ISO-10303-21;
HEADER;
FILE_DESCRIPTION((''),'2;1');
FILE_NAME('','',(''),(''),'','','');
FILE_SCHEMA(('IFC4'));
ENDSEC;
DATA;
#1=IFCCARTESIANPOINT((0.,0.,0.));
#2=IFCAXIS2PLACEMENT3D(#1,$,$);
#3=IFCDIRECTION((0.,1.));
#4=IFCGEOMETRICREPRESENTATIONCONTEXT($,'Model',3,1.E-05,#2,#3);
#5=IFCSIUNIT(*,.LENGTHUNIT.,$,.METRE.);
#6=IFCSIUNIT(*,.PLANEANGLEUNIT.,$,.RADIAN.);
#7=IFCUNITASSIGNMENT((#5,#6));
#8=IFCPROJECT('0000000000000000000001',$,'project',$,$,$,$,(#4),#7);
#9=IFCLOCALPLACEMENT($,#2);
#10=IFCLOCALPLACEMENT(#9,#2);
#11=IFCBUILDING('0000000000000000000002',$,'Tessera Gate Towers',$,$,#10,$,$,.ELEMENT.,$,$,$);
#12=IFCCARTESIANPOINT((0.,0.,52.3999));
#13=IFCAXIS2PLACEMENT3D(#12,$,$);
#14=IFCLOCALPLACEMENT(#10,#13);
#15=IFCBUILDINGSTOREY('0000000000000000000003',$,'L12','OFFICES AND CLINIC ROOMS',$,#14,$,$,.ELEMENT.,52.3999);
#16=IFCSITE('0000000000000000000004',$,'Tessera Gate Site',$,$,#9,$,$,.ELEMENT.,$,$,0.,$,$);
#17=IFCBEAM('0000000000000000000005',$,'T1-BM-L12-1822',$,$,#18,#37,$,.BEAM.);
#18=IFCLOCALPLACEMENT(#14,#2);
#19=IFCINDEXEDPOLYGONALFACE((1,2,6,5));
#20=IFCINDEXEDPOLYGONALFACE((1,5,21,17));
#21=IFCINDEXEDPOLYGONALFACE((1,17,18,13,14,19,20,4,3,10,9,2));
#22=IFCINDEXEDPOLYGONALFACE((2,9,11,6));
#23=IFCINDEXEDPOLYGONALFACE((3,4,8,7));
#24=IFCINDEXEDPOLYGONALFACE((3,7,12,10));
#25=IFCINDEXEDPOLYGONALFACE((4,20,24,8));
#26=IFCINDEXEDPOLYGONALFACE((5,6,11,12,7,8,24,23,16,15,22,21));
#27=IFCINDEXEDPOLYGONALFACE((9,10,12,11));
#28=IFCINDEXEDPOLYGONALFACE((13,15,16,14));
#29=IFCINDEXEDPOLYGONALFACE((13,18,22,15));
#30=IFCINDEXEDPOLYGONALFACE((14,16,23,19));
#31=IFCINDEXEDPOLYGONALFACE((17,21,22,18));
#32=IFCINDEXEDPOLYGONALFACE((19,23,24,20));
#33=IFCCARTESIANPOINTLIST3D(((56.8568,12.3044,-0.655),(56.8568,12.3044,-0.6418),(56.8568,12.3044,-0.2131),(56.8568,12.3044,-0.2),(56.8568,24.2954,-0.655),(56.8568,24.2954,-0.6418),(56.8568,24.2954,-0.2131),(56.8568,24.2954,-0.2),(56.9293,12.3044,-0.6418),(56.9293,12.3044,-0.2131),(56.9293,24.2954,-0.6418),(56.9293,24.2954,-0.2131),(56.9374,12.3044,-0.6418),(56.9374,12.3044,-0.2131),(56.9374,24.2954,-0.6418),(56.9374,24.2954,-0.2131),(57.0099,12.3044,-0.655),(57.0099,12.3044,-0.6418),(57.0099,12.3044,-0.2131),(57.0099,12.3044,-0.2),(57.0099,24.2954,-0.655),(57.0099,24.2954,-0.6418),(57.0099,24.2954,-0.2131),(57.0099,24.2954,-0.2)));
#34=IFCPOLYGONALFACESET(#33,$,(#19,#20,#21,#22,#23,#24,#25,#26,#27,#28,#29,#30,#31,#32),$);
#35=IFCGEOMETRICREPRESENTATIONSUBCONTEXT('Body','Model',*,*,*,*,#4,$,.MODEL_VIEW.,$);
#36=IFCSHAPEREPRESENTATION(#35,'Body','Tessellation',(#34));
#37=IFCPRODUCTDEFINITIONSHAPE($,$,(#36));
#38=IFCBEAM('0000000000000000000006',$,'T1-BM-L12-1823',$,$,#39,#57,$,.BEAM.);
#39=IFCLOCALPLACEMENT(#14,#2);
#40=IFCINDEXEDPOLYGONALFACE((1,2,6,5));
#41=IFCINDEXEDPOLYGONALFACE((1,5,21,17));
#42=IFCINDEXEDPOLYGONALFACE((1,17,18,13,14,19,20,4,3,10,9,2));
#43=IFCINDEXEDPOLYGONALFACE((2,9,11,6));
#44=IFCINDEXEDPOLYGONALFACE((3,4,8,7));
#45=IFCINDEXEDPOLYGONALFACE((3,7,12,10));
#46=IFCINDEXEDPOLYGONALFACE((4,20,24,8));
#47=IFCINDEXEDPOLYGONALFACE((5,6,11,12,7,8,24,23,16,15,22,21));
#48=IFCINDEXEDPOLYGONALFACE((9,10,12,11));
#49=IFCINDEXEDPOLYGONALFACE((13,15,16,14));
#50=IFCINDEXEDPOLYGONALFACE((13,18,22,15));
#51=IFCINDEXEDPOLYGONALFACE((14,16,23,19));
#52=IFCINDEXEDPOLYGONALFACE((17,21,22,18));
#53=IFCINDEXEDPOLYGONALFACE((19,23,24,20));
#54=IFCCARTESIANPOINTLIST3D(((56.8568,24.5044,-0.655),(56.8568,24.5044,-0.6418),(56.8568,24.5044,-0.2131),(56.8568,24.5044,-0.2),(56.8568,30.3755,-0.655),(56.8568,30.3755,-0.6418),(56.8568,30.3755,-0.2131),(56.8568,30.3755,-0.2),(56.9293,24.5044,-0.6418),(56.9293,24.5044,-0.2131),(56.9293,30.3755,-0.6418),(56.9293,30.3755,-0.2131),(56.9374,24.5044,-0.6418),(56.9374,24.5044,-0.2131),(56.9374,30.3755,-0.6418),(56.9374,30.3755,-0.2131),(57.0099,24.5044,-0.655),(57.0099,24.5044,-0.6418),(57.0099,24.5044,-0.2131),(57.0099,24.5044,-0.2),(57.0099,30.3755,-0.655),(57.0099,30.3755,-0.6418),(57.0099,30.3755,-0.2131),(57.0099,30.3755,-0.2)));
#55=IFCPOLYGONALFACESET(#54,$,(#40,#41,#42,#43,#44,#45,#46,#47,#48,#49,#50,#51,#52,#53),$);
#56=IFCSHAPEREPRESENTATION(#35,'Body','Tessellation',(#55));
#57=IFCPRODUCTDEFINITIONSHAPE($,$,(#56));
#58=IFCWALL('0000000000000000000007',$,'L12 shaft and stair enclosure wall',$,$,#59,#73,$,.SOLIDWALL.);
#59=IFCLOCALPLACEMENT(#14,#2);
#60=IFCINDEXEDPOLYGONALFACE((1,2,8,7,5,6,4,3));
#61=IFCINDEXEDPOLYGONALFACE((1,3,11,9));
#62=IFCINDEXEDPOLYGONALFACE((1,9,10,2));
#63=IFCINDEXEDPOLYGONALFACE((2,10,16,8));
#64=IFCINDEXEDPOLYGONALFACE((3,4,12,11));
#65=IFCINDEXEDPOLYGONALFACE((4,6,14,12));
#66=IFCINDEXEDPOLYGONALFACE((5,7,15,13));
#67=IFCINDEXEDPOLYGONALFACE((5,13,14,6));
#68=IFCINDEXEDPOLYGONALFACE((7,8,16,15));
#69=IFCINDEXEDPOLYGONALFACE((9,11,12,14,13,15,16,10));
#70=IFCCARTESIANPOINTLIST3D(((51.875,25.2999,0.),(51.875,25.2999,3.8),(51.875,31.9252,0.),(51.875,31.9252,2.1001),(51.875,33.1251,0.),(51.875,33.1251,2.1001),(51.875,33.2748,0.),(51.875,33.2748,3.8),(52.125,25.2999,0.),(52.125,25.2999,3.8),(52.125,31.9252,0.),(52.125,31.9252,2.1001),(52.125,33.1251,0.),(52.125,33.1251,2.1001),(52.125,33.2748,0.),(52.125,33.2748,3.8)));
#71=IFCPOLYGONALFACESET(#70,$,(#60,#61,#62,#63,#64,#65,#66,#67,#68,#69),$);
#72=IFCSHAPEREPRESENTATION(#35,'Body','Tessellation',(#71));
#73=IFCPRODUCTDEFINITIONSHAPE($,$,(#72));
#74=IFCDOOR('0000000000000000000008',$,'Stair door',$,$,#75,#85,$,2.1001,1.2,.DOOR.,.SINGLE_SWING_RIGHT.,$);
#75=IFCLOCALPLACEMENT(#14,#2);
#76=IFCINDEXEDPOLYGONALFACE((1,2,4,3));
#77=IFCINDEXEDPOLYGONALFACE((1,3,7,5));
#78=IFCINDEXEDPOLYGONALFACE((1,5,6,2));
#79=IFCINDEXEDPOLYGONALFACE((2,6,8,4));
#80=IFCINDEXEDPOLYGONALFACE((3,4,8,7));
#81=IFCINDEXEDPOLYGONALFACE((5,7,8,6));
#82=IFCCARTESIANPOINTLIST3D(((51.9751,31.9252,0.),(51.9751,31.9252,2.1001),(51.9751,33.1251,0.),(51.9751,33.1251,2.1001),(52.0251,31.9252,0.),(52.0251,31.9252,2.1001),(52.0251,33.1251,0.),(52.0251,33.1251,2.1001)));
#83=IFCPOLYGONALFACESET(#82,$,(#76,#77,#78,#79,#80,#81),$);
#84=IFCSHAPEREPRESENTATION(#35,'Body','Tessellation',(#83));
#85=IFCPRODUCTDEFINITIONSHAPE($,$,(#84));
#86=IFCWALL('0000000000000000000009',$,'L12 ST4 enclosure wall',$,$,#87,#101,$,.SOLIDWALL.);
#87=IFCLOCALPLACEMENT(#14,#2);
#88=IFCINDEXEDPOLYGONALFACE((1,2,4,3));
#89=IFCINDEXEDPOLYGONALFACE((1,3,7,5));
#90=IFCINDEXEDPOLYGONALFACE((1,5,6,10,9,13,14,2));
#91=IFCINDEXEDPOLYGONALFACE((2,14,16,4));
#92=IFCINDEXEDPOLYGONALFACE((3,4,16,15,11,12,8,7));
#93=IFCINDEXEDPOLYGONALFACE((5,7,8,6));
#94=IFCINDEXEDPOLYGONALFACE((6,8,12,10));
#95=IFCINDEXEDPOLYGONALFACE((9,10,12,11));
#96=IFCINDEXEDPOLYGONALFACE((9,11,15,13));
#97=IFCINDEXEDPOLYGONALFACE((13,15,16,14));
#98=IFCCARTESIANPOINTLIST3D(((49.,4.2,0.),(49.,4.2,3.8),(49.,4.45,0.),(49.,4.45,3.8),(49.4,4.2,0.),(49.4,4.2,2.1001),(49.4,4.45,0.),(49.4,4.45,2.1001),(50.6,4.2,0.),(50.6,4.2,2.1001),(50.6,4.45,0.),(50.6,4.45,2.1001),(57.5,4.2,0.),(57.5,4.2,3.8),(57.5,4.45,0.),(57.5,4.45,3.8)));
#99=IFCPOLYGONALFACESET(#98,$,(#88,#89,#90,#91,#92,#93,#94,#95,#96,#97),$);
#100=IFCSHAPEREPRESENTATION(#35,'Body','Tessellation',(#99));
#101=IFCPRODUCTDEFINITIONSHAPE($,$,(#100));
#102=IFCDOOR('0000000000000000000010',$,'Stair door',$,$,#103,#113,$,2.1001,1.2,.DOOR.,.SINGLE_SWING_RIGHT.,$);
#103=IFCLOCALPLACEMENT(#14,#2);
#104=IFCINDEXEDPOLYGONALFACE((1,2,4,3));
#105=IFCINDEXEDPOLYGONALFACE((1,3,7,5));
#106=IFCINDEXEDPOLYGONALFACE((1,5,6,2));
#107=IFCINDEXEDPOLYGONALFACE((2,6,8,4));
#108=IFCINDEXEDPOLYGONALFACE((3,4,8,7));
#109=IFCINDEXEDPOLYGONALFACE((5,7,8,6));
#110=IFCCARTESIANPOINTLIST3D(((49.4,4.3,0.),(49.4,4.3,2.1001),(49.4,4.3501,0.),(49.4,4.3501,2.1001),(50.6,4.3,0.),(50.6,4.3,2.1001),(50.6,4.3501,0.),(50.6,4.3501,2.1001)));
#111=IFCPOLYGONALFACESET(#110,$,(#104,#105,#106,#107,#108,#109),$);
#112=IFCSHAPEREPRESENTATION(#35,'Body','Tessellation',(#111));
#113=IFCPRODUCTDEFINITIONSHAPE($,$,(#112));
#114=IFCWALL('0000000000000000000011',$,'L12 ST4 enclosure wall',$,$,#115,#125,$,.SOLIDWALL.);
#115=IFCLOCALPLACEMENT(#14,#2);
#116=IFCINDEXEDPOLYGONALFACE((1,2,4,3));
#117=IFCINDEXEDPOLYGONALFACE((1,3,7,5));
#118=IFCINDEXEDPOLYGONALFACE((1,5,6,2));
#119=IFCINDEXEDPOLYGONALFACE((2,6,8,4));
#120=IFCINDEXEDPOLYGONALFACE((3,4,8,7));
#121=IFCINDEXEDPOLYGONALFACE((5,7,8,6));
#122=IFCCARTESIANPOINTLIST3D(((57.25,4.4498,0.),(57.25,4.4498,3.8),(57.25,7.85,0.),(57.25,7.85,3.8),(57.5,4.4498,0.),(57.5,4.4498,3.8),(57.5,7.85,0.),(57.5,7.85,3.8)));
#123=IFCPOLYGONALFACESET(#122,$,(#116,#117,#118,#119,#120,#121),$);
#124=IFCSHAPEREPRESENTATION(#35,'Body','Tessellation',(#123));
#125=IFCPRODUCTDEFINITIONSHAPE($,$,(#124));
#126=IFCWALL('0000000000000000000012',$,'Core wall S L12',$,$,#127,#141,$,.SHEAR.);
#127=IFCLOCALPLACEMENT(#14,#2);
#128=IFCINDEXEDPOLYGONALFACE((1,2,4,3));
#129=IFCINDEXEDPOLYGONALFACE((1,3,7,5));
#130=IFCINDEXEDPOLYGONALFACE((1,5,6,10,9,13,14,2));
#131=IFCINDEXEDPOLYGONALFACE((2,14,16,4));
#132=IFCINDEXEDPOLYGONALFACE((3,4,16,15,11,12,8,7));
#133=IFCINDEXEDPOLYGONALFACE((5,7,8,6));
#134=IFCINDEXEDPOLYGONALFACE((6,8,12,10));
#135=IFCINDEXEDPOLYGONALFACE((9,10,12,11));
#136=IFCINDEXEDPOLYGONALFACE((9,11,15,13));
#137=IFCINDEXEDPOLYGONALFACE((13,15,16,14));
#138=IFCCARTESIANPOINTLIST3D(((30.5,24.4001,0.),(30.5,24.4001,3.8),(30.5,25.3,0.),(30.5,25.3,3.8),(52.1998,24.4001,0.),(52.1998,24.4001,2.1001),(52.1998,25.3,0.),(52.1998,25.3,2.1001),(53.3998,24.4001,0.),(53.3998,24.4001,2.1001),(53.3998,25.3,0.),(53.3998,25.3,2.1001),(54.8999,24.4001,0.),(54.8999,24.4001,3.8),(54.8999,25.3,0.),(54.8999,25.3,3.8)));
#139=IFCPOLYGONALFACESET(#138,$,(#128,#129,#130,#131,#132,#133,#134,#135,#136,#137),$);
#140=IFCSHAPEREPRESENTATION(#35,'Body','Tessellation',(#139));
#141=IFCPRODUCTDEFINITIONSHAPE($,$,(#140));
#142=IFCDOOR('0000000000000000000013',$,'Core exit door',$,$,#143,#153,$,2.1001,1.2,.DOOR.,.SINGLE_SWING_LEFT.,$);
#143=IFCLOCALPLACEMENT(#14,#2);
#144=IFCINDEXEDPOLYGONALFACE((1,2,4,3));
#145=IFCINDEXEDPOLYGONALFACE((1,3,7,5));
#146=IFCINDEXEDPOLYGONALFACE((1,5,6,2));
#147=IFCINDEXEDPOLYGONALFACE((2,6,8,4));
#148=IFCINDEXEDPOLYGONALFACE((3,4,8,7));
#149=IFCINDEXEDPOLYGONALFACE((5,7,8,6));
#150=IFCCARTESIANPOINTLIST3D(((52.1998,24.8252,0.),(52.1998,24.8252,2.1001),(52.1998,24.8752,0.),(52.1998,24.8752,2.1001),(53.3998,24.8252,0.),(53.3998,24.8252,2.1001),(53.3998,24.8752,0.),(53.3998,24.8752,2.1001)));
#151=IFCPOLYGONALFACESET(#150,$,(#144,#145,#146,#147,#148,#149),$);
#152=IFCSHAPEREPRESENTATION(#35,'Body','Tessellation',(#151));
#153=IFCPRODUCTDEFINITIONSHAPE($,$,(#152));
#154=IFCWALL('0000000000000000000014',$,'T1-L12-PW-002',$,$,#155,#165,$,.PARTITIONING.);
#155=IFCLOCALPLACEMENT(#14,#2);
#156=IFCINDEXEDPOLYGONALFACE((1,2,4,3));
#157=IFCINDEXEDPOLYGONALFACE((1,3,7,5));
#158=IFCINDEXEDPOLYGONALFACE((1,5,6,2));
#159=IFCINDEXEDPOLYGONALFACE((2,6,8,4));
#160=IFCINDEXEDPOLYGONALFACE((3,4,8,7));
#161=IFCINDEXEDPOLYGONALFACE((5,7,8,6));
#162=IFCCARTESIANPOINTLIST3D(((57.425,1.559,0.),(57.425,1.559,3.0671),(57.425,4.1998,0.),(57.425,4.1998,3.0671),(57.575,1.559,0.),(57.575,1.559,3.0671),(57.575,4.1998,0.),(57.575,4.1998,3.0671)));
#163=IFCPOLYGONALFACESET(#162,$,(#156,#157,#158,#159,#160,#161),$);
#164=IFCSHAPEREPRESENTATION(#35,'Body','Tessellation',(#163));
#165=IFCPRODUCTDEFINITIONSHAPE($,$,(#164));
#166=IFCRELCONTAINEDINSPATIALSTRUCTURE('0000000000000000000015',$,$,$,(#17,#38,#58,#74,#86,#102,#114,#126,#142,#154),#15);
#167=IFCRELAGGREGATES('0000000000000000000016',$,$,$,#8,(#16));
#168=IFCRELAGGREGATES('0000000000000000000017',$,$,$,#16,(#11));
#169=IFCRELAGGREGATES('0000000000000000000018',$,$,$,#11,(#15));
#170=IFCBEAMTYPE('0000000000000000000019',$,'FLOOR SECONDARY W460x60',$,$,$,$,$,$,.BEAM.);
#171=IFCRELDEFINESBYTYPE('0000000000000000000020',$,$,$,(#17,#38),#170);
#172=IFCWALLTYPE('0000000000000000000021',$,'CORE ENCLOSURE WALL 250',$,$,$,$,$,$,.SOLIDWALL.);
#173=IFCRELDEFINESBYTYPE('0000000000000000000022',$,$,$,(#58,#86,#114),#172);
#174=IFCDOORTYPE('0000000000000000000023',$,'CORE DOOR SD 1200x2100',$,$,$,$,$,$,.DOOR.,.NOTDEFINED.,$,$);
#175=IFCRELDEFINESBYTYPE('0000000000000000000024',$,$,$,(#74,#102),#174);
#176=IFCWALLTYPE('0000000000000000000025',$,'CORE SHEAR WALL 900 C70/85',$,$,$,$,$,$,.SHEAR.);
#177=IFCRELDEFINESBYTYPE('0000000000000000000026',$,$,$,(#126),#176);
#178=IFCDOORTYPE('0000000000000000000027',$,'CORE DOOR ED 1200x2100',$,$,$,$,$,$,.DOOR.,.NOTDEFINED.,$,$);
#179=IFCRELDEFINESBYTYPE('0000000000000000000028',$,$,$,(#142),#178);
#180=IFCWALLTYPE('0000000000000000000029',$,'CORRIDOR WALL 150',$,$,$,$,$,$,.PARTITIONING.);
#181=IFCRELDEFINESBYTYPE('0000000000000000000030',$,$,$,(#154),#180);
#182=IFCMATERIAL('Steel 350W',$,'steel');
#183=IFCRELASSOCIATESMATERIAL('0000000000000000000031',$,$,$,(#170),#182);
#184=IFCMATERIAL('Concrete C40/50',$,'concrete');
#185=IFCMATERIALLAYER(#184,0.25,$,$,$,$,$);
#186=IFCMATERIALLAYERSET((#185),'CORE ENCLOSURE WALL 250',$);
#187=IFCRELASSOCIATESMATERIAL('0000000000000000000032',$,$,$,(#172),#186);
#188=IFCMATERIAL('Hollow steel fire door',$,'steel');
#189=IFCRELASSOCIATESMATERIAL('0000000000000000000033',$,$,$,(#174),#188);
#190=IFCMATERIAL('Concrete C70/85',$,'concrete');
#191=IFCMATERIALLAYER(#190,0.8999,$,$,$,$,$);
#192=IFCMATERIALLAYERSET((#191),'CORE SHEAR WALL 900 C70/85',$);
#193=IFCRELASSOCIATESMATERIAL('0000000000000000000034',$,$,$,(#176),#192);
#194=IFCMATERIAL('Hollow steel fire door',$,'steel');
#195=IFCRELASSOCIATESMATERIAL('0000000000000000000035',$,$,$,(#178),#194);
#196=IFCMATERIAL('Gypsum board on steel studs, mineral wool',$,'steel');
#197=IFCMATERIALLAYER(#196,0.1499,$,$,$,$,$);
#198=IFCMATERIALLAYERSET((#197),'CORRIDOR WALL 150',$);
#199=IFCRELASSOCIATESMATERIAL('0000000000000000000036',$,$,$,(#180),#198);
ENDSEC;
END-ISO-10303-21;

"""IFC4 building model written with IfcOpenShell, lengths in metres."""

from ifc_helpers import new_model, si_unit, direction, frame, frame_2d, origin, origin_2d, place, context, subcontext, project, spatial, rectangle, i_section, extrude, source, transform, mapped, material, layer, layer_set, material_profile, profile_set, type_object, element, fill, save


model = new_model("IFC4")

# Units and contexts
model_context = context("Model", 3, precision=1e-05, world=origin(), true_north=direction((0.0, 1.0)))
body_context = subcontext(model_context, "Body", "Model", "MODEL_VIEW")
ifc_project = project(units=[si_unit("LENGTHUNIT", "METRE"), si_unit("PLANEANGLEUNIT", "RADIAN")], contexts=[model_context])

# Site, building, storey
site_placement = place(None, origin())
site = spatial("IfcSite", under=ifc_project, at=site_placement, Name="Tessera Gate Site", CompositionType="ELEMENT", RefElevation=0.0)
building_placement = place(site_placement, origin())
building = spatial("IfcBuilding", under=site, at=building_placement, Name="Tessera Gate Towers", CompositionType="ELEMENT")
storey_placement = place(building_placement, frame((0.0, 0.0, 52.3999)))
storey = spatial("IfcBuildingStorey", under=building, at=storey_placement, Name="L12", Description="OFFICES AND CLINIC ROOMS", CompositionType="ELEMENT", Elevation=52.3999)

# Beams
ifc_material_1 = material(Name="Steel 350W", Category="steel")
ifc_material_profile_1 = material_profile(ifc_material_1, i_section(OverallWidth=0.1531, OverallDepth=0.4551, WebThickness=0.0081, FlangeThickness=0.0132, at=origin_2d()), Name="W460x60")
ifc_profile_set_1 = profile_set([ifc_material_profile_1], Name="Steel 350W")
beam_type_1 = type_object("IfcBeamType", Name="FLOOR SECONDARY W460x60", PredefinedType="BEAM", material=ifc_profile_set_1)
beam_1_placement = place(storey_placement, frame((56.9333, 12.3044, -0.4275), z_axis=(0.0, 1.0, 0.0), x_axis=(-1.0, 0.0, 0.0)))
element("IfcBeam", 1, at=beam_1_placement, inside=storey, type_object=beam_type_1, Name="T1-BM-L12-1822", PredefinedType="BEAM", context=body_context, shape_type="SweptSolid", body=[
    extrude(i_section(OverallWidth=0.1531, OverallDepth=0.4551, WebThickness=0.0081, FlangeThickness=0.0132, at=origin_2d()), origin(), (0.0, 0.0, 1.0), 11.991),
])
beam_2_placement = place(storey_placement, frame((56.9333, 24.5044, -0.4275), z_axis=(0.0, 1.0, 0.0), x_axis=(-1.0, 0.0, 0.0)))
element("IfcBeam", 2, at=beam_2_placement, inside=storey, type_object=beam_type_1, Name="T1-BM-L12-1823", PredefinedType="BEAM", context=body_context, shape_type="SweptSolid", body=[
    extrude(i_section(OverallWidth=0.1531, OverallDepth=0.4551, WebThickness=0.0081, FlangeThickness=0.0132, at=origin_2d()), origin(), (0.0, 0.0, 1.0), 5.8711),
])

# Walls, openings, doors
ifc_material_2 = material(Name="Concrete C40/50", Category="concrete")
ifc_layer_1 = layer(ifc_material_2, 0.25)
ifc_layer_set_1 = layer_set([ifc_layer_1], Name="CORE ENCLOSURE WALL 250")
wall_type_1 = type_object("IfcWallType", Name="CORE ENCLOSURE WALL 250", PredefinedType="SOLIDWALL", material=ifc_layer_set_1)
wall_1_placement = place(storey_placement, frame((52.0, 25.3, 0.0), z_axis=(0.0, 0.0, 1.0), x_axis=(0.0, 1.0, 0.0)))
wall_1 = element("IfcWall", 3, at=wall_1_placement, inside=storey, type_object=wall_type_1, Name="L12 shaft and stair enclosure wall", PredefinedType="SOLIDWALL", context=body_context, shape_type="SweptSolid", body=[
    extrude(rectangle(XDim=7.9749, YDim=0.25, at=frame_2d((3.9873, 0.0))), origin(), (0.0, 0.0, 1.0), 3.8),
])
shared_shape_1 = source(origin(), body_context, "Body", "SweptSolid", [
    extrude(rectangle(XDim=1.2, YDim=2.1001, at=frame_2d((0.6001, 1.05))), frame((0.0, 0.135, 0.0), z_axis=(0.0, -1.0, 0.0), x_axis=(1.0, 0.0, 0.0)), (0.0, 0.0, 1.0), 0.27),
])
opening_1_placement = place(wall_1_placement, frame((6.625, 0.0, 0.0)))
opening_1 = element("IfcOpeningElement", 4, at=opening_1_placement, cuts=wall_1, PredefinedType="OPENING", context=body_context, shape_type="MappedRepresentation", body=[
    mapped(shared_shape_1, transform((0.0, 0.0, 0.0), scale=1.0)),
])
ifc_material_3 = material(Name="Hollow steel fire door", Category="steel")
door_type_1 = type_object("IfcDoorType", Name="CORE DOOR SD 1200x2100", OperationType="NOTDEFINED", PredefinedType="DOOR", material=ifc_material_3)
shared_shape_2 = source(origin(), body_context, "Body", "SweptSolid", [
    extrude(rectangle(XDim=1.2, YDim=2.1001, at=frame_2d((0.6001, 1.05))), frame((0.0, 0.0249, 0.0), z_axis=(0.0, -1.0, 0.0), x_axis=(1.0, 0.0, 0.0)), (0.0, 0.0, 1.0), 0.05),
])
door_1_placement = place(opening_1_placement, origin())
door_1 = element("IfcDoor", 5, at=door_1_placement, inside=storey, type_object=door_type_1, Name="Stair door", OperationType="SINGLE_SWING_RIGHT", OverallHeight=2.1001, OverallWidth=1.2, PredefinedType="DOOR", context=body_context, shape_type="MappedRepresentation", body=[
    mapped(shared_shape_2, transform((0.0, 0.0, 0.0), scale=1.0)),
])
fill(opening_1, door_1)
wall_2_placement = place(storey_placement, frame((57.5, 4.325, 0.0), z_axis=(0.0, 0.0, 1.0), x_axis=(-1.0, 0.0, 0.0)))
wall_2 = element("IfcWall", 6, at=wall_2_placement, inside=storey, type_object=wall_type_1, Name="L12 ST4 enclosure wall", PredefinedType="SOLIDWALL", context=body_context, shape_type="SweptSolid", body=[
    extrude(rectangle(XDim=8.5, YDim=0.25, at=frame_2d((4.25, 0.0))), origin(), (0.0, 0.0, 1.0), 3.8),
])
opening_2_placement = place(wall_2_placement, frame((6.8999, 0.0, 0.0)))
opening_2 = element("IfcOpeningElement", 7, at=opening_2_placement, cuts=wall_2, PredefinedType="OPENING", context=body_context, shape_type="MappedRepresentation", body=[
    mapped(shared_shape_1, transform((0.0, 0.0, 0.0), scale=1.0)),
])
door_2_placement = place(opening_2_placement, origin())
door_2 = element("IfcDoor", 8, at=door_2_placement, inside=storey, type_object=door_type_1, Name="Stair door", OperationType="SINGLE_SWING_RIGHT", OverallHeight=2.1001, OverallWidth=1.2, PredefinedType="DOOR", context=body_context, shape_type="MappedRepresentation", body=[
    mapped(shared_shape_2, transform((0.0, 0.0, 0.0), scale=1.0)),
])
fill(opening_2, door_2)

# Wall
wall_3_placement = place(storey_placement, frame((57.375, 7.8501, 0.0), z_axis=(0.0, 0.0, 1.0), x_axis=(0.0, -1.0, 0.0)))
element("IfcWall", 9, at=wall_3_placement, inside=storey, type_object=wall_type_1, Name="L12 ST4 enclosure wall", PredefinedType="SOLIDWALL", context=body_context, shape_type="SweptSolid", body=[
    extrude(rectangle(XDim=3.4001, YDim=0.25, at=frame_2d((1.7002, 0.0))), origin(), (0.0, 0.0, 1.0), 3.8),
])

# Wall, opening, door
ifc_material_4 = material(Name="Concrete C70/85", Category="concrete")
ifc_layer_2 = layer(ifc_material_4, 0.8999)
ifc_layer_set_2 = layer_set([ifc_layer_2], Name="CORE SHEAR WALL 900 C70/85")
wall_type_2 = type_object("IfcWallType", Name="CORE SHEAR WALL 900 C70/85", PredefinedType="SHEAR", material=ifc_layer_set_2)
wall_4_placement = place(storey_placement, frame((54.8999, 24.8501, 0.0), z_axis=(0.0, 0.0, 1.0), x_axis=(-1.0, 0.0, 0.0)))
wall_4 = element("IfcWall", 10, at=wall_4_placement, inside=storey, type_object=wall_type_2, Name="Core wall S L12", PredefinedType="SHEAR", context=body_context, shape_type="SweptSolid", body=[
    extrude(rectangle(XDim=24.3999, YDim=0.8999, at=frame_2d((12.2, 0.0))), origin(), (0.0, 0.0, 1.0), 3.8),
])
shared_shape_3 = source(origin(), body_context, "Body", "SweptSolid", [
    extrude(rectangle(XDim=1.2, YDim=2.1001, at=frame_2d((0.6001, 1.05))), frame((0.0, 0.46, 0.0), z_axis=(0.0, -1.0, 0.0), x_axis=(1.0, 0.0, 0.0)), (0.0, 0.0, 1.0), 0.9199),
])
opening_3_placement = place(wall_4_placement, frame((1.5, 0.0, 0.0)))
opening_3 = element("IfcOpeningElement", 11, at=opening_3_placement, cuts=wall_4, PredefinedType="OPENING", context=body_context, shape_type="MappedRepresentation", body=[
    mapped(shared_shape_3, transform((0.0, 0.0, 0.0), scale=1.0)),
])
ifc_material_5 = material(Name="Hollow steel fire door", Category="steel")
door_type_2 = type_object("IfcDoorType", Name="CORE DOOR ED 1200x2100", OperationType="NOTDEFINED", PredefinedType="DOOR", material=ifc_material_5)
door_3_placement = place(opening_3_placement, origin())
door_3 = element("IfcDoor", 12, at=door_3_placement, inside=storey, type_object=door_type_2, Name="Core exit door", OperationType="SINGLE_SWING_LEFT", OverallHeight=2.1001, OverallWidth=1.2, PredefinedType="DOOR", context=body_context, shape_type="MappedRepresentation", body=[
    mapped(shared_shape_2, transform((0.0, 0.0, 0.0), scale=1.0)),
])
fill(opening_3, door_3)

# Wall
ifc_material_6 = material(Name="Gypsum board on steel studs, mineral wool", Category="steel")
ifc_layer_3 = layer(ifc_material_6, 0.1499)
ifc_layer_set_3 = layer_set([ifc_layer_3], Name="CORRIDOR WALL 150")
wall_type_3 = type_object("IfcWallType", Name="CORRIDOR WALL 150", PredefinedType="PARTITIONING", material=ifc_layer_set_3)
wall_5_placement = place(storey_placement, frame((57.5, 1.5591, 0.0), z_axis=(0.0, 0.0, 1.0), x_axis=(0.0, 1.0, 0.0)))
element("IfcWall", 13, at=wall_5_placement, inside=storey, type_object=wall_type_3, Name="T1-L12-PW-002", PredefinedType="PARTITIONING", context=body_context, shape_type="SweptSolid", body=[
    extrude(rectangle(XDim=2.6409, YDim=0.1499, at=frame_2d((1.3203, 0.0))), origin(), (0.0, 0.0, 1.0), 3.0671),
])

save(model, "model.ifc")
